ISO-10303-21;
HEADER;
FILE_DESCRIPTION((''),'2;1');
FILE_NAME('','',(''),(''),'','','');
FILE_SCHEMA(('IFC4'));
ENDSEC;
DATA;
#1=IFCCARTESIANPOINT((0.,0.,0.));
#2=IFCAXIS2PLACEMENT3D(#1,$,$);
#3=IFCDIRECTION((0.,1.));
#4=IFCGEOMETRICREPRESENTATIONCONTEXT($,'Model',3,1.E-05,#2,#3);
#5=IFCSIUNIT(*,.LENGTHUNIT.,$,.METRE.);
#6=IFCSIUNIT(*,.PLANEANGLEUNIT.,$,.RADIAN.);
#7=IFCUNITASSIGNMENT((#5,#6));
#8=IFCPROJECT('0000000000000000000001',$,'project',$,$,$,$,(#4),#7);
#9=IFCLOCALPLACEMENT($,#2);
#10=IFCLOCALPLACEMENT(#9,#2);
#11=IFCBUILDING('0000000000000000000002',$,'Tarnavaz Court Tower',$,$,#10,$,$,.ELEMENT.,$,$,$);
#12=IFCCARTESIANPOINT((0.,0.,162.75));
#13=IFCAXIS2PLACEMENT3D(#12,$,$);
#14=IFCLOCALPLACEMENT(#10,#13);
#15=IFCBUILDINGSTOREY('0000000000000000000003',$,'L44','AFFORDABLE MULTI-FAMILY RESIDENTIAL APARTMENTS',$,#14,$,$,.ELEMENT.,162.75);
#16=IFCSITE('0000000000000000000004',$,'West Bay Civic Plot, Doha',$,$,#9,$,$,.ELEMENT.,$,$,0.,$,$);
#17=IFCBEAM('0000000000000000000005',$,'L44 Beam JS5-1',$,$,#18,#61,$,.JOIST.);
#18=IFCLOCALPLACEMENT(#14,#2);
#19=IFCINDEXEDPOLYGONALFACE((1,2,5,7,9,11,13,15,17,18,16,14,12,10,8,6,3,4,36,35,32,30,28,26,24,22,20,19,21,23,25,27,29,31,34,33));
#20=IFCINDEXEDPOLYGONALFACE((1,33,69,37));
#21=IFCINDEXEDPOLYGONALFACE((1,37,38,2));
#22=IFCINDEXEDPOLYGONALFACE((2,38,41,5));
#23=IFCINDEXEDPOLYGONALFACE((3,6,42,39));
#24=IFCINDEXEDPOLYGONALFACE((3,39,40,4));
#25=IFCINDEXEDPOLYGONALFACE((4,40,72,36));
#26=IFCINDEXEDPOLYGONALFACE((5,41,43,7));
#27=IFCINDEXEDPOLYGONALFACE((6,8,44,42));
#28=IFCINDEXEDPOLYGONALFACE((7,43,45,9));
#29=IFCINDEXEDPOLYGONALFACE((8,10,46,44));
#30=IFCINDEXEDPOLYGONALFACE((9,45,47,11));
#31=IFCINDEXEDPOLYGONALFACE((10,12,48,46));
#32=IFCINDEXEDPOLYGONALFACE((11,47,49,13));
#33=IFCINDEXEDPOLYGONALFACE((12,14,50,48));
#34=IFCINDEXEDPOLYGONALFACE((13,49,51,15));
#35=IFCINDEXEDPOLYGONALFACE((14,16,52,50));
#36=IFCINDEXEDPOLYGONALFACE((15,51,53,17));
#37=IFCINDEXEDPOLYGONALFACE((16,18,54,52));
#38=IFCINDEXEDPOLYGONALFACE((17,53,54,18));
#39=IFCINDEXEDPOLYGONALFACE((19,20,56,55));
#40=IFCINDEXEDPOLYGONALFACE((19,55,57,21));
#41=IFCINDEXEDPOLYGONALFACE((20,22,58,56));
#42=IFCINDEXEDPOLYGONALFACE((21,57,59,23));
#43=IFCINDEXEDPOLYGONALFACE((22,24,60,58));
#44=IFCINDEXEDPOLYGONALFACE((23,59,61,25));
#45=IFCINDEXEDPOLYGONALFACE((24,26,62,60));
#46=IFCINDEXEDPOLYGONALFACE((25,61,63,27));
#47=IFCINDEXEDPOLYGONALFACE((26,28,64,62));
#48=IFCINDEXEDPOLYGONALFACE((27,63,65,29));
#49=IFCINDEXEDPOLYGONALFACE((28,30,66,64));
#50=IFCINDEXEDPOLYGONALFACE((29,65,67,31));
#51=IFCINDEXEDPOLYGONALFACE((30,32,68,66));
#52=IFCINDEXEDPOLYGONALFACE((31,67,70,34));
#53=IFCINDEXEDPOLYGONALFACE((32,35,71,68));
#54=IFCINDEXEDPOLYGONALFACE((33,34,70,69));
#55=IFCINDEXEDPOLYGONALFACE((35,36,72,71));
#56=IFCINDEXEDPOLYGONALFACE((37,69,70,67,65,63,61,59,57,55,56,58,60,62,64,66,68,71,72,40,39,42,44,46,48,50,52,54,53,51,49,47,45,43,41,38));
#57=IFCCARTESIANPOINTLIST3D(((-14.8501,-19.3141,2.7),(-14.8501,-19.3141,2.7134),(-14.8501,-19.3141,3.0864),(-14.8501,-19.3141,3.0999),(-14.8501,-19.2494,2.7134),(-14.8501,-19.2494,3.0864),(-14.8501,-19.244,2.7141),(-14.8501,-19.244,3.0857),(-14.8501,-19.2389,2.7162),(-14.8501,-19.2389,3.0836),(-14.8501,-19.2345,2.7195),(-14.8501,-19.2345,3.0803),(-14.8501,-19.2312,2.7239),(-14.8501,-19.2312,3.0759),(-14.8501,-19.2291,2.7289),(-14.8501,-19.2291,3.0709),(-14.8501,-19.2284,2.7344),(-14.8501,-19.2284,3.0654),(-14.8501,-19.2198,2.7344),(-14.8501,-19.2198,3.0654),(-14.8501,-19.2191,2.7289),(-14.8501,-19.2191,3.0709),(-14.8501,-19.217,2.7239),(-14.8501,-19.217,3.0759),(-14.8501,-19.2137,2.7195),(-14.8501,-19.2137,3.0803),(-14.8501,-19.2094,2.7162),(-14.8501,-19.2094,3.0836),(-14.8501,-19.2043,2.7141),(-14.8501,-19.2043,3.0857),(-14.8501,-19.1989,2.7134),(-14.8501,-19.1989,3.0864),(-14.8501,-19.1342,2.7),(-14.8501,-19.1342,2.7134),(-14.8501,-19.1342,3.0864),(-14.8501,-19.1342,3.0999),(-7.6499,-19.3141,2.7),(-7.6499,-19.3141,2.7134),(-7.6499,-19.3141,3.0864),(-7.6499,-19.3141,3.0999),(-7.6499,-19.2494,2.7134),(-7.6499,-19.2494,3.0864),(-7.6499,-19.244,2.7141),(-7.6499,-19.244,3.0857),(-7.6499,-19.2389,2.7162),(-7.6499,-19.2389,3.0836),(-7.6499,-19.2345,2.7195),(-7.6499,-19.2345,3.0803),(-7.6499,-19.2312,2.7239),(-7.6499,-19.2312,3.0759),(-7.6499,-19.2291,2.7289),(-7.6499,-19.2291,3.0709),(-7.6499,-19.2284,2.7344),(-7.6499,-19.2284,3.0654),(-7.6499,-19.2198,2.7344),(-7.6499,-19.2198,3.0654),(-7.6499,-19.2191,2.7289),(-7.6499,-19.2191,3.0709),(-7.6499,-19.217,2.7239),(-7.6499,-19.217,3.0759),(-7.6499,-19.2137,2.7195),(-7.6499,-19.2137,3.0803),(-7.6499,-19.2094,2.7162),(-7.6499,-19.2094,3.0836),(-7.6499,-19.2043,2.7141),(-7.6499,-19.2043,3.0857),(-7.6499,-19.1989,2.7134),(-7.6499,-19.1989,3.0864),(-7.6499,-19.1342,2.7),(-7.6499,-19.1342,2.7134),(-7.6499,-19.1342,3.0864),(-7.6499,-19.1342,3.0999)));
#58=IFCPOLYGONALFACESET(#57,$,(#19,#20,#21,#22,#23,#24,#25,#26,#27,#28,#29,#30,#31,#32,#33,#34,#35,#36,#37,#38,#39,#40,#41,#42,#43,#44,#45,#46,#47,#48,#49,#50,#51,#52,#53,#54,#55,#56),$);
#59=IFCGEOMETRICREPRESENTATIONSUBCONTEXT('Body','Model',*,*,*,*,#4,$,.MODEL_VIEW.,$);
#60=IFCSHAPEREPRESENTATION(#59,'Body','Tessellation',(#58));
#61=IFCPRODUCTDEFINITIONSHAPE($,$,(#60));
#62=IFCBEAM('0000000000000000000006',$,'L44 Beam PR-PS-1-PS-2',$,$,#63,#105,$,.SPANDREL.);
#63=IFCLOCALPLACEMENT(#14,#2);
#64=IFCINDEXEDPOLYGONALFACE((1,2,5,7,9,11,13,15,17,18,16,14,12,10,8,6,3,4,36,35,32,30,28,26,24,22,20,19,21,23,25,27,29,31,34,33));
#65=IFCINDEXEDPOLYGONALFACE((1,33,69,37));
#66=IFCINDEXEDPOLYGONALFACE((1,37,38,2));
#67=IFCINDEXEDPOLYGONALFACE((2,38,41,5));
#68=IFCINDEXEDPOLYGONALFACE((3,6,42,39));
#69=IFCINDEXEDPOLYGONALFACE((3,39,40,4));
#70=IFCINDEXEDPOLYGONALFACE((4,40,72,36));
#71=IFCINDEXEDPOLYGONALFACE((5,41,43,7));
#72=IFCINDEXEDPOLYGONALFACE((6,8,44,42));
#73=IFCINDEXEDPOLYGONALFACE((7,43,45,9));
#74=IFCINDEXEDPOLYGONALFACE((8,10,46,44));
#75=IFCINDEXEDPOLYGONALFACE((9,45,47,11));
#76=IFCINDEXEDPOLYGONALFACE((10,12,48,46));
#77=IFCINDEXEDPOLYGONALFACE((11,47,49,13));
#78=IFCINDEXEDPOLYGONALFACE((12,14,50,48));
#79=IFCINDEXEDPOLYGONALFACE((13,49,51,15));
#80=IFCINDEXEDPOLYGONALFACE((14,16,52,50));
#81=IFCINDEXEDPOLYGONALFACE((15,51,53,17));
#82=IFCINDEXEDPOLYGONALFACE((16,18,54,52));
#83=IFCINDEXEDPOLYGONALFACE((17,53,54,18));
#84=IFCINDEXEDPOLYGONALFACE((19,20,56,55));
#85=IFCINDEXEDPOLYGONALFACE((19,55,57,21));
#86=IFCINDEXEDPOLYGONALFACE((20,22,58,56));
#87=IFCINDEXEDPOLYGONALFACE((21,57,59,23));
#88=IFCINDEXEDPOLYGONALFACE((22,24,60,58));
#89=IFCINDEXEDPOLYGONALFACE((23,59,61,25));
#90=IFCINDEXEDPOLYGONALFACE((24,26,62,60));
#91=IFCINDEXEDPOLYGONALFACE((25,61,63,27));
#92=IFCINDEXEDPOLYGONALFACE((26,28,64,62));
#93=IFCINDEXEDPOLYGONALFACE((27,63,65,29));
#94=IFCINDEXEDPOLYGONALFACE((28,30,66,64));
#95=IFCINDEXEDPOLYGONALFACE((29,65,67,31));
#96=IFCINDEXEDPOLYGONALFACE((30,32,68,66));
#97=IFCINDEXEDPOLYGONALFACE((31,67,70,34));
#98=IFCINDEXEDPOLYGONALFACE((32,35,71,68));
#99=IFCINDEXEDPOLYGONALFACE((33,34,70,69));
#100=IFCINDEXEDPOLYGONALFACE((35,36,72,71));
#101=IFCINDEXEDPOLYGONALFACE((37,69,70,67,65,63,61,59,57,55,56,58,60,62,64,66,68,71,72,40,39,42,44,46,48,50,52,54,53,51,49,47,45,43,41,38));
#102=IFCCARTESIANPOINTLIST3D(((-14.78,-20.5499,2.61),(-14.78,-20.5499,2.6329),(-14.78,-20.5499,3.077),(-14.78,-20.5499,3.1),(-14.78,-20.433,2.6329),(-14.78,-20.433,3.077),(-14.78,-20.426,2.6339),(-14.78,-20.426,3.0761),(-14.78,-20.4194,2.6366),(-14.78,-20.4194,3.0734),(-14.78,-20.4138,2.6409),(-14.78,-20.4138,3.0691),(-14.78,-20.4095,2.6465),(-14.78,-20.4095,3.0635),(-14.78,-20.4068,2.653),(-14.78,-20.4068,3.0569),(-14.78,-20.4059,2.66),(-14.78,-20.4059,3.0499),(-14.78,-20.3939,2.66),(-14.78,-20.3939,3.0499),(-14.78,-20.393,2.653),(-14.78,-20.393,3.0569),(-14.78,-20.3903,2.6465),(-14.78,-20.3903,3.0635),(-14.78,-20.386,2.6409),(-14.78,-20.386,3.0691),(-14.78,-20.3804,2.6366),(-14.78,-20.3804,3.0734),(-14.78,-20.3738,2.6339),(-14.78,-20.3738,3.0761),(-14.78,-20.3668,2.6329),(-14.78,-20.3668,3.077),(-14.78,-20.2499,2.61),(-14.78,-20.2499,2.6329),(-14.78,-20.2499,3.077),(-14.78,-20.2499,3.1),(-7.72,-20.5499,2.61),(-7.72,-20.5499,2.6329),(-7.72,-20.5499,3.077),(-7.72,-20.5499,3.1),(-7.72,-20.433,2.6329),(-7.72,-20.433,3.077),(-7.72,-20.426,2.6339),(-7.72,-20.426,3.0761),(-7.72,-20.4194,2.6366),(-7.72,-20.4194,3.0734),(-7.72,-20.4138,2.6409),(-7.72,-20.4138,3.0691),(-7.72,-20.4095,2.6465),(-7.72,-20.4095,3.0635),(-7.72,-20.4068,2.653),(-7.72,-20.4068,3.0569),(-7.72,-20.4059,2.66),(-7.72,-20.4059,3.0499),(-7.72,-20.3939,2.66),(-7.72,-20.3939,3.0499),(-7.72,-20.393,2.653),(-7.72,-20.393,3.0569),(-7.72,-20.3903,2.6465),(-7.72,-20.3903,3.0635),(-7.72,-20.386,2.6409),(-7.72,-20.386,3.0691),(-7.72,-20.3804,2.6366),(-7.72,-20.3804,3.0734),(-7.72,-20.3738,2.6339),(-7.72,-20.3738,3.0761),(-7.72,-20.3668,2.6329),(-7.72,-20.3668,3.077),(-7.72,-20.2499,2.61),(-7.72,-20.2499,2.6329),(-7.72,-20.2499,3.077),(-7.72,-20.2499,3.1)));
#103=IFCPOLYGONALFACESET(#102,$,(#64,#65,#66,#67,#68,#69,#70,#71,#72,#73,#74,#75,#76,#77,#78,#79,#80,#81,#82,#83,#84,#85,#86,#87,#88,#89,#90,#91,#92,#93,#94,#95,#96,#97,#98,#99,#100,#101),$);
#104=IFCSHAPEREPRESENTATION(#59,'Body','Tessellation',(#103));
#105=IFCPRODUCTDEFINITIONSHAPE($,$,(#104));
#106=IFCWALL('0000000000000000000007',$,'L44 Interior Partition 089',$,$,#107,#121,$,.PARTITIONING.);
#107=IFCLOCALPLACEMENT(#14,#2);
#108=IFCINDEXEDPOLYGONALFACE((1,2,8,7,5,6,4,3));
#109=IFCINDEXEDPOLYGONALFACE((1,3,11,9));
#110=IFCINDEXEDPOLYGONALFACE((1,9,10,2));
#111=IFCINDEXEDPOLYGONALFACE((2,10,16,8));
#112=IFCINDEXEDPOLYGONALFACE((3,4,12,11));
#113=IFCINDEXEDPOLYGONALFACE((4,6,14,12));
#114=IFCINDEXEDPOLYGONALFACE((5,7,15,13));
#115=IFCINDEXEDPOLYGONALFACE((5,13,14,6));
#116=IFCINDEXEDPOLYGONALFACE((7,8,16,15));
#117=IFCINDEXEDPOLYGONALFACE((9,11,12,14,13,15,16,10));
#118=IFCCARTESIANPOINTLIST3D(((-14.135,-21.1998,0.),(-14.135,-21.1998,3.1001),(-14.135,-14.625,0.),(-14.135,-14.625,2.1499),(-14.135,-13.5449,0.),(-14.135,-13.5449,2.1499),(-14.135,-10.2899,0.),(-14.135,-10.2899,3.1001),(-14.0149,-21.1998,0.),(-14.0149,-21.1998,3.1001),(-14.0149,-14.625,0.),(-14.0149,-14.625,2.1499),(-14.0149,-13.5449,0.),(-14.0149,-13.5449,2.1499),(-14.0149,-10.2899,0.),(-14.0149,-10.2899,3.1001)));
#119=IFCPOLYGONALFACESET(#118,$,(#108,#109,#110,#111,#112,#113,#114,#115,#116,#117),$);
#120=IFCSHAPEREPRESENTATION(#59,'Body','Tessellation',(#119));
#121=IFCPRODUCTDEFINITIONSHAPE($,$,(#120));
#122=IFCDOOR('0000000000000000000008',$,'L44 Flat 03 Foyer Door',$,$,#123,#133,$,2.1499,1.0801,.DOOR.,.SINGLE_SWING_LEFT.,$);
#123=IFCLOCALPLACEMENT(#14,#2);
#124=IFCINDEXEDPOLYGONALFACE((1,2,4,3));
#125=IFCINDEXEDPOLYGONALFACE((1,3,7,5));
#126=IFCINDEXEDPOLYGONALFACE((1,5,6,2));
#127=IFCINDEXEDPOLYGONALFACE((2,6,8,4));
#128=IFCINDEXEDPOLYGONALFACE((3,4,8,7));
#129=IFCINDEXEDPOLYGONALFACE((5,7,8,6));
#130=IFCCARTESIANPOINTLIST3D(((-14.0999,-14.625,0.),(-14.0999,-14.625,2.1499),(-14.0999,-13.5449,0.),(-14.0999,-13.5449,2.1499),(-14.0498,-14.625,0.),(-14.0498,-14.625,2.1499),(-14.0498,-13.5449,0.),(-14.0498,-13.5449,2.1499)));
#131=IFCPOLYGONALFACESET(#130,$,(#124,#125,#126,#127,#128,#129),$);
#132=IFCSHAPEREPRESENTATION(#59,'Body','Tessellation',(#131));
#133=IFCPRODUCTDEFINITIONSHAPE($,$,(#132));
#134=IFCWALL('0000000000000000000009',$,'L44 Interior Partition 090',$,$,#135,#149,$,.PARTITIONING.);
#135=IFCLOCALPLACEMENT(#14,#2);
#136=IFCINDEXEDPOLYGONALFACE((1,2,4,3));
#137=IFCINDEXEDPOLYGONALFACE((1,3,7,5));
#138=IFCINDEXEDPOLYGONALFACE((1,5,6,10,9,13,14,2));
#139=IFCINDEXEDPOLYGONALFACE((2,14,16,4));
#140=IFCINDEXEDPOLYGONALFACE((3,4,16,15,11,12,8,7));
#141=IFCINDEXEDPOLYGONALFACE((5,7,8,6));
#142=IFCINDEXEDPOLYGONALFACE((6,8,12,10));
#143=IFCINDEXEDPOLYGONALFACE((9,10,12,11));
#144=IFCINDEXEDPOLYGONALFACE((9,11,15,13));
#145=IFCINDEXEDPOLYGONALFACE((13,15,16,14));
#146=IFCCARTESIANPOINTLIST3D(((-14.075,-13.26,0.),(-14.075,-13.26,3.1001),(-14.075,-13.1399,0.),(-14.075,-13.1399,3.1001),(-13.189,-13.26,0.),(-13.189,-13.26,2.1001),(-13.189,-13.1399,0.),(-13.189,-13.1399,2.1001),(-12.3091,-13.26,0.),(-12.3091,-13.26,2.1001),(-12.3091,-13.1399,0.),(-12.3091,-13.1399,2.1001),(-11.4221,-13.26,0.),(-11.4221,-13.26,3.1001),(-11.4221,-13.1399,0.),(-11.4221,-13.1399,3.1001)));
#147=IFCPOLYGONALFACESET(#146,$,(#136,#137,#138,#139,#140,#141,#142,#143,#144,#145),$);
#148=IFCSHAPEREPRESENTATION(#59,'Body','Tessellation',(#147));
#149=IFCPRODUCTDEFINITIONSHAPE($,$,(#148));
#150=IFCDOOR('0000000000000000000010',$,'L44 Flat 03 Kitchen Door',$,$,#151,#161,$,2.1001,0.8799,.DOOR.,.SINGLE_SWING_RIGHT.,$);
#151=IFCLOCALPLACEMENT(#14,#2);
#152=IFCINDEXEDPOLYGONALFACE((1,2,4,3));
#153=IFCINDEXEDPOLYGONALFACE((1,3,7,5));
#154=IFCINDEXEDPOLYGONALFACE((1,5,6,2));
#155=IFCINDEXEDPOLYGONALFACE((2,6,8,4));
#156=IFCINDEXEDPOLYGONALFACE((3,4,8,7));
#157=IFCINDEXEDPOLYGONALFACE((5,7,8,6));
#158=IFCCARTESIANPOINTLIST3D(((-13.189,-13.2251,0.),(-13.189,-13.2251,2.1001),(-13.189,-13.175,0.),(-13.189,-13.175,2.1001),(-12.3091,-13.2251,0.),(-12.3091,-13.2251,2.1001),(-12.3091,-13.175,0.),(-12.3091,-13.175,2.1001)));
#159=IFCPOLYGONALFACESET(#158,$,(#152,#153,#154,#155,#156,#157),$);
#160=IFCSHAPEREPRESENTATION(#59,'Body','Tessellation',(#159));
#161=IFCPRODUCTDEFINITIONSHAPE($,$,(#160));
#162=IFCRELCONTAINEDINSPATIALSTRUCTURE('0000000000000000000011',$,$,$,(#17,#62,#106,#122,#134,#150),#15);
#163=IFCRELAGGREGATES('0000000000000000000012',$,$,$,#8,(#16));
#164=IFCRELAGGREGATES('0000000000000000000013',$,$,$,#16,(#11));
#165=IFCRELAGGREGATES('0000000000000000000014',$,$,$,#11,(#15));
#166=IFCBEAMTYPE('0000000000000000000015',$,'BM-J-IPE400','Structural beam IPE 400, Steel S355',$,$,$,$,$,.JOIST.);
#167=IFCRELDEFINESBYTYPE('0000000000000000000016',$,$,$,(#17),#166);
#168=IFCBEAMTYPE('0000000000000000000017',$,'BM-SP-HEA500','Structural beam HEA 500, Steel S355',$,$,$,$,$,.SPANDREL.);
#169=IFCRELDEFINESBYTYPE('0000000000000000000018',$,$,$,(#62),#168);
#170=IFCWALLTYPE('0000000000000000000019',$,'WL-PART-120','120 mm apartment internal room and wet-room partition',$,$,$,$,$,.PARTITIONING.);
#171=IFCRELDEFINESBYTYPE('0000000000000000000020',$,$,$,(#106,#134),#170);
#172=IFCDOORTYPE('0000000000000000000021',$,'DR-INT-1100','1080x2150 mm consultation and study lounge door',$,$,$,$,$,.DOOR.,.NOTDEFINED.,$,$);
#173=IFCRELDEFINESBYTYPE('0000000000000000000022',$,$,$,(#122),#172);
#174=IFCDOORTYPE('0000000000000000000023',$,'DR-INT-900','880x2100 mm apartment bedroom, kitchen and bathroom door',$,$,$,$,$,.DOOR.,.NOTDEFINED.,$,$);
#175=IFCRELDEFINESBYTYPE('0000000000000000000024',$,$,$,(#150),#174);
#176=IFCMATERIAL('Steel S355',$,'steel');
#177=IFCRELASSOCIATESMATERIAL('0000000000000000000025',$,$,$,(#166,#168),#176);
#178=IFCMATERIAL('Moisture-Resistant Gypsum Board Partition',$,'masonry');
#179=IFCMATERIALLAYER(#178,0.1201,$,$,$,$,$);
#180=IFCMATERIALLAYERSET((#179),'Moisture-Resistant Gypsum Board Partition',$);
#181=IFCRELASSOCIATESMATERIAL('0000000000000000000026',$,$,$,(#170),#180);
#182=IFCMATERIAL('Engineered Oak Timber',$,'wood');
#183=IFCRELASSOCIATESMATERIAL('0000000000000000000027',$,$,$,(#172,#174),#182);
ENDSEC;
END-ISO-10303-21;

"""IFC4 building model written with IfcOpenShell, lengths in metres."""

from ifc_helpers import new_model, si_unit, direction, frame, frame_2d, origin, origin_2d, place, context, subcontext, project, spatial, rectangle, i_section, extrude, material, layer, layer_set, material_profile, profile_set, type_object, element, fill, save


model = new_model("IFC4")

# Units and contexts
model_context = context("Model", 3, precision=1e-05, world=origin(), true_north=direction((0.0, 1.0)))
body_context = subcontext(model_context, "Body", "Model", "MODEL_VIEW")
ifc_project = project(units=[si_unit("LENGTHUNIT", "METRE"), si_unit("PLANEANGLEUNIT", "RADIAN")], contexts=[model_context])

# Site, building, storey
site_placement = place(None, origin())
site = spatial("IfcSite", under=ifc_project, at=site_placement, Name="West Bay Civic Plot, Doha", CompositionType="ELEMENT", RefElevation=0.0)
building_placement = place(site_placement, origin())
building = spatial("IfcBuilding", under=site, at=building_placement, Name="Tarnavaz Court Tower", CompositionType="ELEMENT")
storey_placement = place(building_placement, frame((0.0, 0.0, 162.75)))
storey = spatial("IfcBuildingStorey", under=building, at=storey_placement, Name="L44", Description="AFFORDABLE MULTI-FAMILY RESIDENTIAL APARTMENTS", CompositionType="ELEMENT", Elevation=162.75)

# Beams
ifc_material_1 = material(Name="Steel S355", Category="steel")
ifc_material_profile_1 = material_profile(ifc_material_1, i_section(OverallWidth=0.1799, OverallDepth=0.3999, WebThickness=0.0085, FlangeThickness=0.0134, FilletRadius=0.021, at=origin_2d()), Name="IPE 400")
ifc_profile_set_1 = profile_set([ifc_material_profile_1], Name="Steel S355")
beam_type_1 = type_object("IfcBeamType", Name="BM-J-IPE400", Description="Structural beam IPE 400, Steel S355", PredefinedType="JOIST", material=ifc_profile_set_1)
for number, where, z_axis, x_axis, name in (
    (1, (-14.8501, -19.2241, 2.8999), (1.0, 0.0, 0.0), (0.0, 1.0, 0.0), "L44 Beam JS5-1"),
):
    element("IfcBeam", number, at=place(storey_placement, frame(where, z_axis=z_axis, x_axis=x_axis)), inside=storey, type_object=beam_type_1, Name=name, PredefinedType="JOIST", context=body_context, shape_type="SweptSolid", body=[
        extrude(i_section(OverallWidth=0.1799, OverallDepth=0.3999, WebThickness=0.0085, FlangeThickness=0.0134, FilletRadius=0.021, at=origin_2d()), origin(), (0.0, 0.0, 1.0), 7.2002),
    ])
ifc_material_profile_2 = material_profile(ifc_material_1, i_section(OverallWidth=0.3, OverallDepth=0.49, WebThickness=0.012, FlangeThickness=0.0229, FilletRadius=0.0271, at=origin_2d()), Name="HEA 500")
ifc_profile_set_2 = profile_set([ifc_material_profile_2], Name="Steel S355")
beam_type_2 = type_object("IfcBeamType", Name="BM-SP-HEA500", Description="Structural beam HEA 500, Steel S355", PredefinedType="SPANDREL", material=ifc_profile_set_2)
beam_placement = place(storey_placement, frame((-14.78, -20.3999, 2.855), z_axis=(1.0, 0.0, 0.0), x_axis=(0.0, 1.0, 0.0)))
element("IfcBeam", 2, at=beam_placement, inside=storey, type_object=beam_type_2, Name="L44 Beam PR-PS-1-PS-2", PredefinedType="SPANDREL", context=body_context, shape_type="SweptSolid", body=[
    extrude(i_section(OverallWidth=0.3, OverallDepth=0.49, WebThickness=0.012, FlangeThickness=0.0229, FilletRadius=0.0271, at=origin_2d()), origin(), (0.0, 0.0, 1.0), 7.0601),
])

# Walls, openings, doors
ifc_material_2 = material(Name="Moisture-Resistant Gypsum Board Partition", Category="masonry")
ifc_layer = layer(ifc_material_2, 0.1201)
ifc_layer_set = layer_set([ifc_layer], Name="Moisture-Resistant Gypsum Board Partition")
wall_type = type_object("IfcWallType", Name="WL-PART-120", Description="120 mm apartment internal room and wet-room partition", PredefinedType="PARTITIONING", material=ifc_layer_set)
wall_1_placement = place(storey_placement, frame((-14.075, -21.2, 0.0), z_axis=(0.0, 0.0, 1.0), x_axis=(0.0, 1.0, 0.0)))
wall_1 = element("IfcWall", 3, at=wall_1_placement, inside=storey, type_object=wall_type, Name="L44 Interior Partition 089", PredefinedType="PARTITIONING", context=body_context, shape_type="SweptSolid", body=[
    extrude(rectangle(XDim=10.9099, YDim=0.1201, at=frame_2d((5.4551, 0.0))), origin(), (0.0, 0.0, 1.0), 3.1001),
])
opening_1_placement = place(wall_1_placement, frame((6.575, 0.0, 0.0)))
opening_1 = element("IfcOpeningElement", 4, at=opening_1_placement, cuts=wall_1, PredefinedType="OPENING", context=body_context, shape_type="SweptSolid", body=[
    extrude(rectangle(XDim=1.0801, YDim=2.1499, at=frame_2d((0.54, 1.075))), frame((0.0, 0.0701, 0.0), z_axis=(0.0, -1.0, 0.0), x_axis=(1.0, 0.0, 0.0)), (0.0, 0.0, 1.0), 0.1401),
])
ifc_material_3 = material(Name="Engineered Oak Timber", Category="wood")
door_type_1 = type_object("IfcDoorType", Name="DR-INT-1100", Description="1080x2150 mm consultation and study lounge door", OperationType="NOTDEFINED", PredefinedType="DOOR", material=ifc_material_3)
door_1_placement = place(opening_1_placement, origin())
door_1 = element("IfcDoor", 5, at=door_1_placement, inside=storey, type_object=door_type_1, Name="L44 Flat 03 Foyer Door", OperationType="SINGLE_SWING_LEFT", OverallHeight=2.1499, OverallWidth=1.0801, PredefinedType="DOOR", context=body_context, shape_type="SweptSolid", body=[
    extrude(rectangle(XDim=1.0801, YDim=2.1499, at=frame_2d((0.54, 1.075))), frame((0.0, 0.0249, 0.0), z_axis=(0.0, -1.0, 0.0), x_axis=(1.0, 0.0, 0.0)), (0.0, 0.0, 1.0), 0.05),
])
fill(opening_1, door_1)
wall_2_placement = place(storey_placement, frame((-14.075, -13.2, 0.0), z_axis=(0.0, 0.0, 1.0), x_axis=(1.0, 0.0, 0.0)))
wall_2 = element("IfcWall", 6, at=wall_2_placement, inside=storey, type_object=wall_type, Name="L44 Interior Partition 090", PredefinedType="PARTITIONING", context=body_context, shape_type="SweptSolid", body=[
    extrude(rectangle(XDim=2.6528, YDim=0.1201, at=frame_2d((1.3264, 0.0))), origin(), (0.0, 0.0, 1.0), 3.1001),
])
opening_2_placement = place(wall_2_placement, frame((0.886, 0.0, 0.0)))
opening_2 = element("IfcOpeningElement", 7, at=opening_2_placement, cuts=wall_2, PredefinedType="OPENING", context=body_context, shape_type="SweptSolid", body=[
    extrude(rectangle(XDim=0.8799, YDim=2.1001, at=frame_2d((0.4399, 1.05))), frame((0.0, 0.0701, 0.0), z_axis=(0.0, -1.0, 0.0), x_axis=(1.0, 0.0, 0.0)), (0.0, 0.0, 1.0), 0.1401),
])
door_type_2 = type_object("IfcDoorType", Name="DR-INT-900", Description="880x2100 mm apartment bedroom, kitchen and bathroom door", OperationType="NOTDEFINED", PredefinedType="DOOR", material=ifc_material_3)
door_2_placement = place(opening_2_placement, origin())
door_2 = element("IfcDoor", 8, at=door_2_placement, inside=storey, type_object=door_type_2, Name="L44 Flat 03 Kitchen Door", OperationType="SINGLE_SWING_RIGHT", OverallHeight=2.1001, OverallWidth=0.8799, PredefinedType="DOOR", context=body_context, shape_type="SweptSolid", body=[
    extrude(rectangle(XDim=0.8799, YDim=2.1001, at=frame_2d((0.4399, 1.05))), frame((0.0, 0.0249, 0.0), z_axis=(0.0, -1.0, 0.0), x_axis=(1.0, 0.0, 0.0)), (0.0, 0.0, 1.0), 0.05),
])
fill(opening_2, door_2)

save(model, "model.ifc")
